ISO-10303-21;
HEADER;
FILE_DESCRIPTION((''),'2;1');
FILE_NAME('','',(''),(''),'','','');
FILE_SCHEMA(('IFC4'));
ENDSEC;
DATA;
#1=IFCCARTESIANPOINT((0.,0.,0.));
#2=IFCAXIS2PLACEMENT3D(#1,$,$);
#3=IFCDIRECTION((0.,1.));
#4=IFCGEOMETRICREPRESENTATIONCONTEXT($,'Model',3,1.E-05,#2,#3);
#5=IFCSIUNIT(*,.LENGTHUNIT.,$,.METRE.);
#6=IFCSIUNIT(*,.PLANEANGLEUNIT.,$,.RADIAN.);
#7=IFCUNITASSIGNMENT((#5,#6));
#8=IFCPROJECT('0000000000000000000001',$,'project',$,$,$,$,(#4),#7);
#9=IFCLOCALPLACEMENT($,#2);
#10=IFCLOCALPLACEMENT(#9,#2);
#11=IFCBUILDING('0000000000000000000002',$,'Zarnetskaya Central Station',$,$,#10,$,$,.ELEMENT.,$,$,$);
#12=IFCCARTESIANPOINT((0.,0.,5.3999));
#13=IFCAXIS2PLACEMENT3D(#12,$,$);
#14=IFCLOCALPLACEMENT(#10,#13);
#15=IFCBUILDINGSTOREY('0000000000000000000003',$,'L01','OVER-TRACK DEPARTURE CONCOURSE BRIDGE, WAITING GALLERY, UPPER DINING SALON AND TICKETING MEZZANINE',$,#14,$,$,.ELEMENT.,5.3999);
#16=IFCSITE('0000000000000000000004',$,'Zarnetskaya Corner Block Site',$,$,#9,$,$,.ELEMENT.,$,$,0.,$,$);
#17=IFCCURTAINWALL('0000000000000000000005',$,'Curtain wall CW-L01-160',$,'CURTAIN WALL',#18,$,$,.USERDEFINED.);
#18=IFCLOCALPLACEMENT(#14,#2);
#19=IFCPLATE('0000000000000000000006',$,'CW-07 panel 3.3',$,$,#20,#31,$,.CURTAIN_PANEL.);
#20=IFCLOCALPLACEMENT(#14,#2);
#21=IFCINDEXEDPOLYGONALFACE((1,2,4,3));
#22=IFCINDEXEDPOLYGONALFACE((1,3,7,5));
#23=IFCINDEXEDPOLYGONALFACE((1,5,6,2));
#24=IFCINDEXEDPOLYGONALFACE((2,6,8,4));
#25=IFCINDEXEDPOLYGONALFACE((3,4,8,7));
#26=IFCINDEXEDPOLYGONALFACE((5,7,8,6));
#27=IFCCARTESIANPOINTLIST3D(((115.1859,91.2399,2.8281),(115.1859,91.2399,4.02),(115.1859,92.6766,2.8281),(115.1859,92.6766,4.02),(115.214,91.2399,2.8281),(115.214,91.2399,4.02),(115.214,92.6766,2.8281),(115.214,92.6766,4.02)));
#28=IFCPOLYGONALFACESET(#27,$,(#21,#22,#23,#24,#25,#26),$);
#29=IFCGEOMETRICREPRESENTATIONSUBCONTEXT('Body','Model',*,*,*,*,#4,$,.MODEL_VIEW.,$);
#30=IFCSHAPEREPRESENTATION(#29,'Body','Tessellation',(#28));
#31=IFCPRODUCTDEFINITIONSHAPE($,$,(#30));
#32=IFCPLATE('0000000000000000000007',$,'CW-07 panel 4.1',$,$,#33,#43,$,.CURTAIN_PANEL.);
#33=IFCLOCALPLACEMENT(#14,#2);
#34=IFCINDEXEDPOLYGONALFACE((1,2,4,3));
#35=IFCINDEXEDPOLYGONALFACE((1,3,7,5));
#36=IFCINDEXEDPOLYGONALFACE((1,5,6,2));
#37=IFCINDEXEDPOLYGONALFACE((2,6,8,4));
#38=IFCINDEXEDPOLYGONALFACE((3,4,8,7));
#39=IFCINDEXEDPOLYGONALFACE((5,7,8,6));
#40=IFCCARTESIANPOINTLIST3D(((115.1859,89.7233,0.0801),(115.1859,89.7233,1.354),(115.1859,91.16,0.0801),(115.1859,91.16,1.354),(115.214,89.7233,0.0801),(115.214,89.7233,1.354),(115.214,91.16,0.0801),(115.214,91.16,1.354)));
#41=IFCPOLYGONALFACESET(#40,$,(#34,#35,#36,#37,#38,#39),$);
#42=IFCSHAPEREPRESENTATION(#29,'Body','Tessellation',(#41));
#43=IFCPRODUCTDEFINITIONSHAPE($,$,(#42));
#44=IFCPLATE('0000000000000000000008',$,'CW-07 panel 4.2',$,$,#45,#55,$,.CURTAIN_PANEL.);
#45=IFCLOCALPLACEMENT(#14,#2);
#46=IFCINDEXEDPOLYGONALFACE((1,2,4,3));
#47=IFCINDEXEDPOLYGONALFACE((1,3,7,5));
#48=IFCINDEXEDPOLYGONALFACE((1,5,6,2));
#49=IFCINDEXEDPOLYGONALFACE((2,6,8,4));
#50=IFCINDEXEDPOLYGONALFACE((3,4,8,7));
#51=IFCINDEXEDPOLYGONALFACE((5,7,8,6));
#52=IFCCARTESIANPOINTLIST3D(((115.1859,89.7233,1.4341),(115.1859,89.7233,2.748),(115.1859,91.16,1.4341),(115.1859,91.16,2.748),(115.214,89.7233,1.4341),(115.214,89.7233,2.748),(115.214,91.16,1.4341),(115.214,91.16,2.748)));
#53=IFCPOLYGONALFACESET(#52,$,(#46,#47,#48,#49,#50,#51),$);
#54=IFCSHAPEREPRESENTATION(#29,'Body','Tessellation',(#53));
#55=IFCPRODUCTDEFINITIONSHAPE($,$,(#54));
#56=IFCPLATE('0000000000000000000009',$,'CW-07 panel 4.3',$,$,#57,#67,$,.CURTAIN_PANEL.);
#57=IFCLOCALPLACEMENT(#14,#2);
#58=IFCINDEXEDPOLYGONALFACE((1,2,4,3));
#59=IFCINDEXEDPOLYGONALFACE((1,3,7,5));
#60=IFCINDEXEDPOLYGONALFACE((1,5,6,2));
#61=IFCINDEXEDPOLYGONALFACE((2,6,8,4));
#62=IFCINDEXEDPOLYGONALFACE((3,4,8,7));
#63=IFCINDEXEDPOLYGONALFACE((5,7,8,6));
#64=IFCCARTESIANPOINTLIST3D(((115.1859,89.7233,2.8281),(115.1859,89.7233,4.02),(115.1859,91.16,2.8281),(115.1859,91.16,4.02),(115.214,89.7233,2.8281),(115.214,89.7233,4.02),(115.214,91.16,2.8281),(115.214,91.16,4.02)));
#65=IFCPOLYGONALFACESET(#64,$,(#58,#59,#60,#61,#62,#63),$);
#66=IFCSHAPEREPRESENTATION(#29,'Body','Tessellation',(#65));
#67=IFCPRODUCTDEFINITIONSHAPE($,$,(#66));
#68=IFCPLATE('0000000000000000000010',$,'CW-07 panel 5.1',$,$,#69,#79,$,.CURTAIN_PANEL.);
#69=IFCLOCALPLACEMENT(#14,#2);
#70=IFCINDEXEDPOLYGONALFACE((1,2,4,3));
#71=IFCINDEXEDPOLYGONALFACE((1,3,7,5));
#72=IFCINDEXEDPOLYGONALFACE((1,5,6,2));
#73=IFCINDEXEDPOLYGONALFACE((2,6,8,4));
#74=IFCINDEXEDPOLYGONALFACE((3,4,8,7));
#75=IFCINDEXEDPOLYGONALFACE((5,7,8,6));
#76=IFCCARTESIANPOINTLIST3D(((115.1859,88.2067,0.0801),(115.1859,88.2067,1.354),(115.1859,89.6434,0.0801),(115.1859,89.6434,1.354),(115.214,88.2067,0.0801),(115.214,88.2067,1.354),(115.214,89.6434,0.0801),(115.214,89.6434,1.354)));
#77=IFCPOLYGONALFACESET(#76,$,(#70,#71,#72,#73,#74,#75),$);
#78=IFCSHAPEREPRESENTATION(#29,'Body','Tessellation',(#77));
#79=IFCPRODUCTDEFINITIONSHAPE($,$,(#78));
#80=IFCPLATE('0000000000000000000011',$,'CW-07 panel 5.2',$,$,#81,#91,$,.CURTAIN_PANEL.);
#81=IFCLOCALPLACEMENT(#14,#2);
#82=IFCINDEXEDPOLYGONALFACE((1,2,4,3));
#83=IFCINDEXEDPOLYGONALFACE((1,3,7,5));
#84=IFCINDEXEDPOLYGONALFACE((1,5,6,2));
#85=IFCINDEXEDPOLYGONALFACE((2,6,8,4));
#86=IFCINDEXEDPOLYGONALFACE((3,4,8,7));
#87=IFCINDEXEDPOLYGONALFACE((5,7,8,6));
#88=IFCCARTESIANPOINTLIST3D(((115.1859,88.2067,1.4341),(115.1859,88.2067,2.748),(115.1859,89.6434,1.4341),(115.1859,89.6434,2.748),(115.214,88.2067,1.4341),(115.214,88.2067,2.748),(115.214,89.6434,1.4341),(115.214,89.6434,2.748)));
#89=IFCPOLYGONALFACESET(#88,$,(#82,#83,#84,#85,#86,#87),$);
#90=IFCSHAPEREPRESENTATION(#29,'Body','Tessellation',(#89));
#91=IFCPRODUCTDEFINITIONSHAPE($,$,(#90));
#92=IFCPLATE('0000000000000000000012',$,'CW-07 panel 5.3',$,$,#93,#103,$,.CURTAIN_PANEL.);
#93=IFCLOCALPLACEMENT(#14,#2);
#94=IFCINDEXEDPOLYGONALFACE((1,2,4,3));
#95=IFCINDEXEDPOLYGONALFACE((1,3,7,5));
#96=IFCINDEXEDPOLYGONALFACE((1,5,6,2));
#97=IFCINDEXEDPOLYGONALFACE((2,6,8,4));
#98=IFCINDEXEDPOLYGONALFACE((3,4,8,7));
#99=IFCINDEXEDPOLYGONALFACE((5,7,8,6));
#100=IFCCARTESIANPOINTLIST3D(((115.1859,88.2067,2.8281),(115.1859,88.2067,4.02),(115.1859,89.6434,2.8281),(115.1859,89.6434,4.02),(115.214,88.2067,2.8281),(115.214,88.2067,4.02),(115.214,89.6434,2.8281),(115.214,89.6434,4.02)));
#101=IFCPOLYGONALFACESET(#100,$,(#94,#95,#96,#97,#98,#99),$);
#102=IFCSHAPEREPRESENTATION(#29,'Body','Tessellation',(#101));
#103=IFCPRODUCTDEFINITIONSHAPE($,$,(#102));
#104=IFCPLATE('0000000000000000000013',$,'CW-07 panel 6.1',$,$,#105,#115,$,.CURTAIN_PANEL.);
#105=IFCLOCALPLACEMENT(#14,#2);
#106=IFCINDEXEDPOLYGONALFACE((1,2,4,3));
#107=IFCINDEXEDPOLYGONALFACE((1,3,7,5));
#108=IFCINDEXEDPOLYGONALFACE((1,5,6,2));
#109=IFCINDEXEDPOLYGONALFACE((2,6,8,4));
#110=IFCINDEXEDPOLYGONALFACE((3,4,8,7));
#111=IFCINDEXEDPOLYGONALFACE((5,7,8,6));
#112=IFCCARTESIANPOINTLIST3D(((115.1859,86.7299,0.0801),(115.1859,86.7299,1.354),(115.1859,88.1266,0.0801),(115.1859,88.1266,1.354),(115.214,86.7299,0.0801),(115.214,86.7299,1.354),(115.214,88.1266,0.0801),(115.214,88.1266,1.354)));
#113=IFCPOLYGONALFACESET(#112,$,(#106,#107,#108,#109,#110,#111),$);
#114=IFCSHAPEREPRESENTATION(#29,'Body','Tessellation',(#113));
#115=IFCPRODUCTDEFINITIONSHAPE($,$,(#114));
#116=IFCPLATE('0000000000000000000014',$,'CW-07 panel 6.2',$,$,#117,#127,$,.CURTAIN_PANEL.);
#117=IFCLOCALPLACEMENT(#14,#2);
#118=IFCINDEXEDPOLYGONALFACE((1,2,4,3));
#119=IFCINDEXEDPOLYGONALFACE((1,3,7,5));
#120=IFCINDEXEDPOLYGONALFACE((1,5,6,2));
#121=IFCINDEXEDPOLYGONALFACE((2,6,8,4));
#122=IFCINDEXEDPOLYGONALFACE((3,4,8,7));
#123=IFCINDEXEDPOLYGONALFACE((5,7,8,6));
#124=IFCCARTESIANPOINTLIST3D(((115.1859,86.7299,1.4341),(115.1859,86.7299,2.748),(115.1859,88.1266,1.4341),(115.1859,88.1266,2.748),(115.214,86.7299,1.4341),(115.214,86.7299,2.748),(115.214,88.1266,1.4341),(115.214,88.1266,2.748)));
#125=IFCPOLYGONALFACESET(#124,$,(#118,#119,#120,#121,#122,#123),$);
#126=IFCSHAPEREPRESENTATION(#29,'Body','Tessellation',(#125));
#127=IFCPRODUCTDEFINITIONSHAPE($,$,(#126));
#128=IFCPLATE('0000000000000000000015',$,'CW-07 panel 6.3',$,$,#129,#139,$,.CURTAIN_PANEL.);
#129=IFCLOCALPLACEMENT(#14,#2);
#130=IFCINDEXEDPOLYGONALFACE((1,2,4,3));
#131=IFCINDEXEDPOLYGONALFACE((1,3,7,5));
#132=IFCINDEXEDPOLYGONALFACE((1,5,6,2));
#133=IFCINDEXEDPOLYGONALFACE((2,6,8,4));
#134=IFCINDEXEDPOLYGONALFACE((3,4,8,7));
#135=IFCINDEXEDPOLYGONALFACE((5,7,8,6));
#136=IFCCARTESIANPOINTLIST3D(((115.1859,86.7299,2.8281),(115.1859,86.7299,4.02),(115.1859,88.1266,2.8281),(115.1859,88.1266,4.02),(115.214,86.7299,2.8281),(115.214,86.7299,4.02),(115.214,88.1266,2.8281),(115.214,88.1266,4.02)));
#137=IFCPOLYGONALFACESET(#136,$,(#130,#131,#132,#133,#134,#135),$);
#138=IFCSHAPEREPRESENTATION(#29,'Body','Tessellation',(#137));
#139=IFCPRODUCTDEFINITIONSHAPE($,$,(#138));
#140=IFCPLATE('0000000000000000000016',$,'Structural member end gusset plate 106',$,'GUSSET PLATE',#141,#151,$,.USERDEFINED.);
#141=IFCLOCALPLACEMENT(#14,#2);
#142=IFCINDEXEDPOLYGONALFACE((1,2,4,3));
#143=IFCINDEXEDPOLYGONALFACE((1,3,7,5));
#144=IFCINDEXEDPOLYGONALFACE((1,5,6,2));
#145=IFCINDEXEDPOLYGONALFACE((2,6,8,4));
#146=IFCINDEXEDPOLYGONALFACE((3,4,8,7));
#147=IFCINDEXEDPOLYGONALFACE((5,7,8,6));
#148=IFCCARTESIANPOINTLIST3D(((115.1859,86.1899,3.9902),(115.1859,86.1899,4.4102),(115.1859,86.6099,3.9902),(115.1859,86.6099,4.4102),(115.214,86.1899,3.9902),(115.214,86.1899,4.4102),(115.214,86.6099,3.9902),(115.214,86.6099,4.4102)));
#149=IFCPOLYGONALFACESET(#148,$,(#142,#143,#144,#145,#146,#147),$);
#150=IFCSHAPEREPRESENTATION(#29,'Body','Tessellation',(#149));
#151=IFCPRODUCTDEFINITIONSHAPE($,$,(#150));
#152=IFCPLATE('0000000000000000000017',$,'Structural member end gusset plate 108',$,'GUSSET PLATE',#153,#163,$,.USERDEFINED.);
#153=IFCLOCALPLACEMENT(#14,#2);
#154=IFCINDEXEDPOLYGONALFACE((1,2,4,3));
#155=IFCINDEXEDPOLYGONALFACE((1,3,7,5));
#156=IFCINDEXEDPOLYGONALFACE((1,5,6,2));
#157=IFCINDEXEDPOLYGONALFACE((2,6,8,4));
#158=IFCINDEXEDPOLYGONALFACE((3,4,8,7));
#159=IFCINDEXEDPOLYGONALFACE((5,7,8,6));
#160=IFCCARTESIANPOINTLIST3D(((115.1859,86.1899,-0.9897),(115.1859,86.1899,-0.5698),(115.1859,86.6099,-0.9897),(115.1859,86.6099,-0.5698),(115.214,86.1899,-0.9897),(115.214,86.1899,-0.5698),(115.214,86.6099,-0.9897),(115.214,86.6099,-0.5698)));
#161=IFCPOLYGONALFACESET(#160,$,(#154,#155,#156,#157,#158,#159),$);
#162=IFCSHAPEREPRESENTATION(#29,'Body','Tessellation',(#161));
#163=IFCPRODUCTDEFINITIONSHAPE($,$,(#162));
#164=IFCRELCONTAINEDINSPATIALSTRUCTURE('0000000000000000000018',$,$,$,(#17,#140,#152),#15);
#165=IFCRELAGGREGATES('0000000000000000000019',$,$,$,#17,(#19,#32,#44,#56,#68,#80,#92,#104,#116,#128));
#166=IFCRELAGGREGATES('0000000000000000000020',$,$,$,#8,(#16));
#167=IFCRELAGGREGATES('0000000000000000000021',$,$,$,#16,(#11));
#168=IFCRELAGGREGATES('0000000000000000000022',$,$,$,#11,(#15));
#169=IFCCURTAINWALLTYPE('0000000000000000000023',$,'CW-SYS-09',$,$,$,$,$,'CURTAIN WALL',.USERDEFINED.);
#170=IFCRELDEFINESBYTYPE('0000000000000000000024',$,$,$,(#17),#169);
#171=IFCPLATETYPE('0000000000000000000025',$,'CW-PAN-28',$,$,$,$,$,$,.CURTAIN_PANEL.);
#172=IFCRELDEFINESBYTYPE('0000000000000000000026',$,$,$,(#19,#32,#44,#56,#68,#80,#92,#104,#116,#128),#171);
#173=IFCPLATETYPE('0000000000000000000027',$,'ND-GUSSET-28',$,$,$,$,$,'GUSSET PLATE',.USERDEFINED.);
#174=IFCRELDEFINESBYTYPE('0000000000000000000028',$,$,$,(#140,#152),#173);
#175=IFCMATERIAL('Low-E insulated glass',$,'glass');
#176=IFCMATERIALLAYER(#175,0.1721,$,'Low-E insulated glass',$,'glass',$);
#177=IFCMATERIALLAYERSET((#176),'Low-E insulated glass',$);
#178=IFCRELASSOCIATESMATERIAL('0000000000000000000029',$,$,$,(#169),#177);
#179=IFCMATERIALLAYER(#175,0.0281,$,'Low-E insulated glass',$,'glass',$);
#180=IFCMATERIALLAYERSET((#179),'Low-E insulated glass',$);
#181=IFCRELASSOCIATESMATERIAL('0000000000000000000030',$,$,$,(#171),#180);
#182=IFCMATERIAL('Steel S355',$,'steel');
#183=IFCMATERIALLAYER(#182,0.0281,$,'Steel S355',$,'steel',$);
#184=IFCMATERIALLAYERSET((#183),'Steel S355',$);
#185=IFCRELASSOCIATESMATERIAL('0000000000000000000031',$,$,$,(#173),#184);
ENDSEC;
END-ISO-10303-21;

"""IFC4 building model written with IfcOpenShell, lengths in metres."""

from ifc_helpers import new_model, si_unit, direction, frame, origin, origin_2d, place, context, subcontext, project, spatial, rectangle, extrude, material, layer, layer_set, type_object, element, aggregate, save


model = new_model("IFC4")

# Units and contexts
model_context = context("Model", 3, precision=1e-05, world=origin(), true_north=direction((0.0, 1.0)))
body_context = subcontext(model_context, "Body", "Model", "MODEL_VIEW")
ifc_project = project(units=[si_unit("LENGTHUNIT", "METRE"), si_unit("PLANEANGLEUNIT", "RADIAN")], contexts=[model_context])

# Site, building, storey
site_placement = place(None, origin())
site = spatial("IfcSite", under=ifc_project, at=site_placement, Name="Zarnetskaya Corner Block Site", CompositionType="ELEMENT", RefElevation=0.0)
building_placement = place(site_placement, origin())
building = spatial("IfcBuilding", under=site, at=building_placement, Name="Zarnetskaya Central Station", CompositionType="ELEMENT")
storey_placement = place(building_placement, frame((0.0, 0.0, 5.3999)))
storey = spatial("IfcBuildingStorey", under=building, at=storey_placement, Name="L01", Description="OVER-TRACK DEPARTURE CONCOURSE BRIDGE, WAITING GALLERY, UPPER DINING SALON AND TICKETING MEZZANINE", CompositionType="ELEMENT", Elevation=5.3999)

# Shared definitions
ifc_material_1 = material(Name="Steel S355", Category="steel")

# Shared definitions
ifc_material_2 = material(Name="Low-E insulated glass", Category="glass")
ifc_layer_1 = layer(ifc_material_2, 0.1721, Name="Low-E insulated glass", Category="glass")
ifc_layer_set_1 = layer_set([ifc_layer_1], Name="Low-E insulated glass")
curtain_wall_type = type_object("IfcCurtainWallType", Name="CW-SYS-09", ElementType="CURTAIN WALL", PredefinedType="USERDEFINED", material=ifc_layer_set_1)

# Curtain wall
curtain_wall_1_placement = place(storey_placement, origin())
curtain_wall_1 = element("IfcCurtainWall", 1, at=curtain_wall_1_placement, inside=storey, type_object=curtain_wall_type, Name="Curtain wall CW-L01-160", ObjectType="CURTAIN WALL", PredefinedType="USERDEFINED")

# Plates
ifc_layer_2 = layer(ifc_material_2, 0.0281, Name="Low-E insulated glass", Category="glass")
ifc_layer_set_2 = layer_set([ifc_layer_2], Name="Low-E insulated glass")
plate_type_1 = type_object("IfcPlateType", Name="CW-PAN-28", PredefinedType="CURTAIN_PANEL", material=ifc_layer_set_2)
plate_1_placement = place(storey_placement, frame((115.2, 91.9583, 2.8281), z_axis=(0.0, 0.0, 1.0), x_axis=(0.0, -1.0, 0.0)))
plate_1 = element("IfcPlate", 2, at=plate_1_placement, type_object=plate_type_1, Name="CW-07 panel 3.3", PredefinedType="CURTAIN_PANEL", context=body_context, shape_type="SweptSolid", body=[
    extrude(rectangle(XDim=1.4368, YDim=0.0281, at=origin_2d()), origin(), (0.0, 0.0, 1.0), 1.1919),
])
plate_2_placement = place(storey_placement, frame((115.2, 90.4417, 0.0801), z_axis=(0.0, 0.0, 1.0), x_axis=(0.0, -1.0, 0.0)))
plate_2 = element("IfcPlate", 3, at=plate_2_placement, type_object=plate_type_1, Name="CW-07 panel 4.1", PredefinedType="CURTAIN_PANEL", context=body_context, shape_type="SweptSolid", body=[
    extrude(rectangle(XDim=1.4368, YDim=0.0281, at=origin_2d()), origin(), (0.0, 0.0, 1.0), 1.2739),
])
plate_3_placement = place(storey_placement, frame((115.2, 90.4417, 1.4341), z_axis=(0.0, 0.0, 1.0), x_axis=(0.0, -1.0, 0.0)))
plate_3 = element("IfcPlate", 4, at=plate_3_placement, type_object=plate_type_1, Name="CW-07 panel 4.2", PredefinedType="CURTAIN_PANEL", context=body_context, shape_type="SweptSolid", body=[
    extrude(rectangle(XDim=1.4368, YDim=0.0281, at=origin_2d()), origin(), (0.0, 0.0, 1.0), 1.314),
])
plate_4_placement = place(storey_placement, frame((115.2, 90.4417, 2.8281), z_axis=(0.0, 0.0, 1.0), x_axis=(0.0, -1.0, 0.0)))
plate_4 = element("IfcPlate", 5, at=plate_4_placement, type_object=plate_type_1, Name="CW-07 panel 4.3", PredefinedType="CURTAIN_PANEL", context=body_context, shape_type="SweptSolid", body=[
    extrude(rectangle(XDim=1.4368, YDim=0.0281, at=origin_2d()), origin(), (0.0, 0.0, 1.0), 1.1919),
])
plate_5_placement = place(storey_placement, frame((115.2, 88.925, 0.0801), z_axis=(0.0, 0.0, 1.0), x_axis=(0.0, -1.0, 0.0)))
plate_5 = element("IfcPlate", 6, at=plate_5_placement, type_object=plate_type_1, Name="CW-07 panel 5.1", PredefinedType="CURTAIN_PANEL", context=body_context, shape_type="SweptSolid", body=[
    extrude(rectangle(XDim=1.4368, YDim=0.0281, at=origin_2d()), origin(), (0.0, 0.0, 1.0), 1.2739),
])
plate_6_placement = place(storey_placement, frame((115.2, 88.925, 1.4341), z_axis=(0.0, 0.0, 1.0), x_axis=(0.0, -1.0, 0.0)))
plate_6 = element("IfcPlate", 7, at=plate_6_placement, type_object=plate_type_1, Name="CW-07 panel 5.2", PredefinedType="CURTAIN_PANEL", context=body_context, shape_type="SweptSolid", body=[
    extrude(rectangle(XDim=1.4368, YDim=0.0281, at=origin_2d()), origin(), (0.0, 0.0, 1.0), 1.314),
])
plate_7_placement = place(storey_placement, frame((115.2, 88.925, 2.8281), z_axis=(0.0, 0.0, 1.0), x_axis=(0.0, -1.0, 0.0)))
plate_7 = element("IfcPlate", 8, at=plate_7_placement, type_object=plate_type_1, Name="CW-07 panel 5.3", PredefinedType="CURTAIN_PANEL", context=body_context, shape_type="SweptSolid", body=[
    extrude(rectangle(XDim=1.4368, YDim=0.0281, at=origin_2d()), origin(), (0.0, 0.0, 1.0), 1.1919),
])
plate_8_placement = place(storey_placement, frame((115.2, 87.4282, 0.0801), z_axis=(0.0, 0.0, 1.0), x_axis=(0.0, -1.0, 0.0)))
plate_8 = element("IfcPlate", 9, at=plate_8_placement, type_object=plate_type_1, Name="CW-07 panel 6.1", PredefinedType="CURTAIN_PANEL", context=body_context, shape_type="SweptSolid", body=[
    extrude(rectangle(XDim=1.3967, YDim=0.0281, at=origin_2d()), origin(), (0.0, 0.0, 1.0), 1.2739),
])
plate_9_placement = place(storey_placement, frame((115.2, 87.4282, 1.4341), z_axis=(0.0, 0.0, 1.0), x_axis=(0.0, -1.0, 0.0)))
plate_9 = element("IfcPlate", 10, at=plate_9_placement, type_object=plate_type_1, Name="CW-07 panel 6.2", PredefinedType="CURTAIN_PANEL", context=body_context, shape_type="SweptSolid", body=[
    extrude(rectangle(XDim=1.3967, YDim=0.0281, at=origin_2d()), origin(), (0.0, 0.0, 1.0), 1.314),
])
plate_10_placement = place(storey_placement, frame((115.2, 87.4282, 2.8281), z_axis=(0.0, 0.0, 1.0), x_axis=(0.0, -1.0, 0.0)))
plate_10 = element("IfcPlate", 11, at=plate_10_placement, type_object=plate_type_1, Name="CW-07 panel 6.3", PredefinedType="CURTAIN_PANEL", context=body_context, shape_type="SweptSolid", body=[
    extrude(rectangle(XDim=1.3967, YDim=0.0281, at=origin_2d()), origin(), (0.0, 0.0, 1.0), 1.1919),
])
aggregate(curtain_wall_1, [plate_1, plate_2, plate_3, plate_4, plate_5, plate_6, plate_7, plate_8, plate_9, plate_10])

# Plates
ifc_layer_3 = layer(ifc_material_1, 0.0281, Name="Steel S355", Category="steel")
ifc_layer_set_3 = layer_set([ifc_layer_3], Name="Steel S355")
plate_type_2 = type_object("IfcPlateType", Name="ND-GUSSET-28", ElementType="GUSSET PLATE", PredefinedType="USERDEFINED", material=ifc_layer_set_3)
for number, where, z_axis, x_axis, name in (
    (12, (115.2, 86.3999, 3.9902), (0.0, 0.0, 1.0), (1.0, 0.0, 0.0), "Structural member end gusset plate 106"),
    (13, (115.2, 86.3999, -0.9897), (0.0, 0.0, 1.0), (1.0, 0.0, 0.0), "Structural member end gusset plate 108"),
):
    element("IfcPlate", number, at=place(storey_placement, frame(where, z_axis=z_axis, x_axis=x_axis)), inside=storey, type_object=plate_type_2, Name=name, ObjectType="GUSSET PLATE", PredefinedType="USERDEFINED", context=body_context, shape_type="SweptSolid", body=[
        extrude(rectangle(XDim=0.0281, YDim=0.4199, at=origin_2d()), origin(), (0.0, 0.0, 1.0), 0.4199),
    ])

save(model, "model.ifc")
